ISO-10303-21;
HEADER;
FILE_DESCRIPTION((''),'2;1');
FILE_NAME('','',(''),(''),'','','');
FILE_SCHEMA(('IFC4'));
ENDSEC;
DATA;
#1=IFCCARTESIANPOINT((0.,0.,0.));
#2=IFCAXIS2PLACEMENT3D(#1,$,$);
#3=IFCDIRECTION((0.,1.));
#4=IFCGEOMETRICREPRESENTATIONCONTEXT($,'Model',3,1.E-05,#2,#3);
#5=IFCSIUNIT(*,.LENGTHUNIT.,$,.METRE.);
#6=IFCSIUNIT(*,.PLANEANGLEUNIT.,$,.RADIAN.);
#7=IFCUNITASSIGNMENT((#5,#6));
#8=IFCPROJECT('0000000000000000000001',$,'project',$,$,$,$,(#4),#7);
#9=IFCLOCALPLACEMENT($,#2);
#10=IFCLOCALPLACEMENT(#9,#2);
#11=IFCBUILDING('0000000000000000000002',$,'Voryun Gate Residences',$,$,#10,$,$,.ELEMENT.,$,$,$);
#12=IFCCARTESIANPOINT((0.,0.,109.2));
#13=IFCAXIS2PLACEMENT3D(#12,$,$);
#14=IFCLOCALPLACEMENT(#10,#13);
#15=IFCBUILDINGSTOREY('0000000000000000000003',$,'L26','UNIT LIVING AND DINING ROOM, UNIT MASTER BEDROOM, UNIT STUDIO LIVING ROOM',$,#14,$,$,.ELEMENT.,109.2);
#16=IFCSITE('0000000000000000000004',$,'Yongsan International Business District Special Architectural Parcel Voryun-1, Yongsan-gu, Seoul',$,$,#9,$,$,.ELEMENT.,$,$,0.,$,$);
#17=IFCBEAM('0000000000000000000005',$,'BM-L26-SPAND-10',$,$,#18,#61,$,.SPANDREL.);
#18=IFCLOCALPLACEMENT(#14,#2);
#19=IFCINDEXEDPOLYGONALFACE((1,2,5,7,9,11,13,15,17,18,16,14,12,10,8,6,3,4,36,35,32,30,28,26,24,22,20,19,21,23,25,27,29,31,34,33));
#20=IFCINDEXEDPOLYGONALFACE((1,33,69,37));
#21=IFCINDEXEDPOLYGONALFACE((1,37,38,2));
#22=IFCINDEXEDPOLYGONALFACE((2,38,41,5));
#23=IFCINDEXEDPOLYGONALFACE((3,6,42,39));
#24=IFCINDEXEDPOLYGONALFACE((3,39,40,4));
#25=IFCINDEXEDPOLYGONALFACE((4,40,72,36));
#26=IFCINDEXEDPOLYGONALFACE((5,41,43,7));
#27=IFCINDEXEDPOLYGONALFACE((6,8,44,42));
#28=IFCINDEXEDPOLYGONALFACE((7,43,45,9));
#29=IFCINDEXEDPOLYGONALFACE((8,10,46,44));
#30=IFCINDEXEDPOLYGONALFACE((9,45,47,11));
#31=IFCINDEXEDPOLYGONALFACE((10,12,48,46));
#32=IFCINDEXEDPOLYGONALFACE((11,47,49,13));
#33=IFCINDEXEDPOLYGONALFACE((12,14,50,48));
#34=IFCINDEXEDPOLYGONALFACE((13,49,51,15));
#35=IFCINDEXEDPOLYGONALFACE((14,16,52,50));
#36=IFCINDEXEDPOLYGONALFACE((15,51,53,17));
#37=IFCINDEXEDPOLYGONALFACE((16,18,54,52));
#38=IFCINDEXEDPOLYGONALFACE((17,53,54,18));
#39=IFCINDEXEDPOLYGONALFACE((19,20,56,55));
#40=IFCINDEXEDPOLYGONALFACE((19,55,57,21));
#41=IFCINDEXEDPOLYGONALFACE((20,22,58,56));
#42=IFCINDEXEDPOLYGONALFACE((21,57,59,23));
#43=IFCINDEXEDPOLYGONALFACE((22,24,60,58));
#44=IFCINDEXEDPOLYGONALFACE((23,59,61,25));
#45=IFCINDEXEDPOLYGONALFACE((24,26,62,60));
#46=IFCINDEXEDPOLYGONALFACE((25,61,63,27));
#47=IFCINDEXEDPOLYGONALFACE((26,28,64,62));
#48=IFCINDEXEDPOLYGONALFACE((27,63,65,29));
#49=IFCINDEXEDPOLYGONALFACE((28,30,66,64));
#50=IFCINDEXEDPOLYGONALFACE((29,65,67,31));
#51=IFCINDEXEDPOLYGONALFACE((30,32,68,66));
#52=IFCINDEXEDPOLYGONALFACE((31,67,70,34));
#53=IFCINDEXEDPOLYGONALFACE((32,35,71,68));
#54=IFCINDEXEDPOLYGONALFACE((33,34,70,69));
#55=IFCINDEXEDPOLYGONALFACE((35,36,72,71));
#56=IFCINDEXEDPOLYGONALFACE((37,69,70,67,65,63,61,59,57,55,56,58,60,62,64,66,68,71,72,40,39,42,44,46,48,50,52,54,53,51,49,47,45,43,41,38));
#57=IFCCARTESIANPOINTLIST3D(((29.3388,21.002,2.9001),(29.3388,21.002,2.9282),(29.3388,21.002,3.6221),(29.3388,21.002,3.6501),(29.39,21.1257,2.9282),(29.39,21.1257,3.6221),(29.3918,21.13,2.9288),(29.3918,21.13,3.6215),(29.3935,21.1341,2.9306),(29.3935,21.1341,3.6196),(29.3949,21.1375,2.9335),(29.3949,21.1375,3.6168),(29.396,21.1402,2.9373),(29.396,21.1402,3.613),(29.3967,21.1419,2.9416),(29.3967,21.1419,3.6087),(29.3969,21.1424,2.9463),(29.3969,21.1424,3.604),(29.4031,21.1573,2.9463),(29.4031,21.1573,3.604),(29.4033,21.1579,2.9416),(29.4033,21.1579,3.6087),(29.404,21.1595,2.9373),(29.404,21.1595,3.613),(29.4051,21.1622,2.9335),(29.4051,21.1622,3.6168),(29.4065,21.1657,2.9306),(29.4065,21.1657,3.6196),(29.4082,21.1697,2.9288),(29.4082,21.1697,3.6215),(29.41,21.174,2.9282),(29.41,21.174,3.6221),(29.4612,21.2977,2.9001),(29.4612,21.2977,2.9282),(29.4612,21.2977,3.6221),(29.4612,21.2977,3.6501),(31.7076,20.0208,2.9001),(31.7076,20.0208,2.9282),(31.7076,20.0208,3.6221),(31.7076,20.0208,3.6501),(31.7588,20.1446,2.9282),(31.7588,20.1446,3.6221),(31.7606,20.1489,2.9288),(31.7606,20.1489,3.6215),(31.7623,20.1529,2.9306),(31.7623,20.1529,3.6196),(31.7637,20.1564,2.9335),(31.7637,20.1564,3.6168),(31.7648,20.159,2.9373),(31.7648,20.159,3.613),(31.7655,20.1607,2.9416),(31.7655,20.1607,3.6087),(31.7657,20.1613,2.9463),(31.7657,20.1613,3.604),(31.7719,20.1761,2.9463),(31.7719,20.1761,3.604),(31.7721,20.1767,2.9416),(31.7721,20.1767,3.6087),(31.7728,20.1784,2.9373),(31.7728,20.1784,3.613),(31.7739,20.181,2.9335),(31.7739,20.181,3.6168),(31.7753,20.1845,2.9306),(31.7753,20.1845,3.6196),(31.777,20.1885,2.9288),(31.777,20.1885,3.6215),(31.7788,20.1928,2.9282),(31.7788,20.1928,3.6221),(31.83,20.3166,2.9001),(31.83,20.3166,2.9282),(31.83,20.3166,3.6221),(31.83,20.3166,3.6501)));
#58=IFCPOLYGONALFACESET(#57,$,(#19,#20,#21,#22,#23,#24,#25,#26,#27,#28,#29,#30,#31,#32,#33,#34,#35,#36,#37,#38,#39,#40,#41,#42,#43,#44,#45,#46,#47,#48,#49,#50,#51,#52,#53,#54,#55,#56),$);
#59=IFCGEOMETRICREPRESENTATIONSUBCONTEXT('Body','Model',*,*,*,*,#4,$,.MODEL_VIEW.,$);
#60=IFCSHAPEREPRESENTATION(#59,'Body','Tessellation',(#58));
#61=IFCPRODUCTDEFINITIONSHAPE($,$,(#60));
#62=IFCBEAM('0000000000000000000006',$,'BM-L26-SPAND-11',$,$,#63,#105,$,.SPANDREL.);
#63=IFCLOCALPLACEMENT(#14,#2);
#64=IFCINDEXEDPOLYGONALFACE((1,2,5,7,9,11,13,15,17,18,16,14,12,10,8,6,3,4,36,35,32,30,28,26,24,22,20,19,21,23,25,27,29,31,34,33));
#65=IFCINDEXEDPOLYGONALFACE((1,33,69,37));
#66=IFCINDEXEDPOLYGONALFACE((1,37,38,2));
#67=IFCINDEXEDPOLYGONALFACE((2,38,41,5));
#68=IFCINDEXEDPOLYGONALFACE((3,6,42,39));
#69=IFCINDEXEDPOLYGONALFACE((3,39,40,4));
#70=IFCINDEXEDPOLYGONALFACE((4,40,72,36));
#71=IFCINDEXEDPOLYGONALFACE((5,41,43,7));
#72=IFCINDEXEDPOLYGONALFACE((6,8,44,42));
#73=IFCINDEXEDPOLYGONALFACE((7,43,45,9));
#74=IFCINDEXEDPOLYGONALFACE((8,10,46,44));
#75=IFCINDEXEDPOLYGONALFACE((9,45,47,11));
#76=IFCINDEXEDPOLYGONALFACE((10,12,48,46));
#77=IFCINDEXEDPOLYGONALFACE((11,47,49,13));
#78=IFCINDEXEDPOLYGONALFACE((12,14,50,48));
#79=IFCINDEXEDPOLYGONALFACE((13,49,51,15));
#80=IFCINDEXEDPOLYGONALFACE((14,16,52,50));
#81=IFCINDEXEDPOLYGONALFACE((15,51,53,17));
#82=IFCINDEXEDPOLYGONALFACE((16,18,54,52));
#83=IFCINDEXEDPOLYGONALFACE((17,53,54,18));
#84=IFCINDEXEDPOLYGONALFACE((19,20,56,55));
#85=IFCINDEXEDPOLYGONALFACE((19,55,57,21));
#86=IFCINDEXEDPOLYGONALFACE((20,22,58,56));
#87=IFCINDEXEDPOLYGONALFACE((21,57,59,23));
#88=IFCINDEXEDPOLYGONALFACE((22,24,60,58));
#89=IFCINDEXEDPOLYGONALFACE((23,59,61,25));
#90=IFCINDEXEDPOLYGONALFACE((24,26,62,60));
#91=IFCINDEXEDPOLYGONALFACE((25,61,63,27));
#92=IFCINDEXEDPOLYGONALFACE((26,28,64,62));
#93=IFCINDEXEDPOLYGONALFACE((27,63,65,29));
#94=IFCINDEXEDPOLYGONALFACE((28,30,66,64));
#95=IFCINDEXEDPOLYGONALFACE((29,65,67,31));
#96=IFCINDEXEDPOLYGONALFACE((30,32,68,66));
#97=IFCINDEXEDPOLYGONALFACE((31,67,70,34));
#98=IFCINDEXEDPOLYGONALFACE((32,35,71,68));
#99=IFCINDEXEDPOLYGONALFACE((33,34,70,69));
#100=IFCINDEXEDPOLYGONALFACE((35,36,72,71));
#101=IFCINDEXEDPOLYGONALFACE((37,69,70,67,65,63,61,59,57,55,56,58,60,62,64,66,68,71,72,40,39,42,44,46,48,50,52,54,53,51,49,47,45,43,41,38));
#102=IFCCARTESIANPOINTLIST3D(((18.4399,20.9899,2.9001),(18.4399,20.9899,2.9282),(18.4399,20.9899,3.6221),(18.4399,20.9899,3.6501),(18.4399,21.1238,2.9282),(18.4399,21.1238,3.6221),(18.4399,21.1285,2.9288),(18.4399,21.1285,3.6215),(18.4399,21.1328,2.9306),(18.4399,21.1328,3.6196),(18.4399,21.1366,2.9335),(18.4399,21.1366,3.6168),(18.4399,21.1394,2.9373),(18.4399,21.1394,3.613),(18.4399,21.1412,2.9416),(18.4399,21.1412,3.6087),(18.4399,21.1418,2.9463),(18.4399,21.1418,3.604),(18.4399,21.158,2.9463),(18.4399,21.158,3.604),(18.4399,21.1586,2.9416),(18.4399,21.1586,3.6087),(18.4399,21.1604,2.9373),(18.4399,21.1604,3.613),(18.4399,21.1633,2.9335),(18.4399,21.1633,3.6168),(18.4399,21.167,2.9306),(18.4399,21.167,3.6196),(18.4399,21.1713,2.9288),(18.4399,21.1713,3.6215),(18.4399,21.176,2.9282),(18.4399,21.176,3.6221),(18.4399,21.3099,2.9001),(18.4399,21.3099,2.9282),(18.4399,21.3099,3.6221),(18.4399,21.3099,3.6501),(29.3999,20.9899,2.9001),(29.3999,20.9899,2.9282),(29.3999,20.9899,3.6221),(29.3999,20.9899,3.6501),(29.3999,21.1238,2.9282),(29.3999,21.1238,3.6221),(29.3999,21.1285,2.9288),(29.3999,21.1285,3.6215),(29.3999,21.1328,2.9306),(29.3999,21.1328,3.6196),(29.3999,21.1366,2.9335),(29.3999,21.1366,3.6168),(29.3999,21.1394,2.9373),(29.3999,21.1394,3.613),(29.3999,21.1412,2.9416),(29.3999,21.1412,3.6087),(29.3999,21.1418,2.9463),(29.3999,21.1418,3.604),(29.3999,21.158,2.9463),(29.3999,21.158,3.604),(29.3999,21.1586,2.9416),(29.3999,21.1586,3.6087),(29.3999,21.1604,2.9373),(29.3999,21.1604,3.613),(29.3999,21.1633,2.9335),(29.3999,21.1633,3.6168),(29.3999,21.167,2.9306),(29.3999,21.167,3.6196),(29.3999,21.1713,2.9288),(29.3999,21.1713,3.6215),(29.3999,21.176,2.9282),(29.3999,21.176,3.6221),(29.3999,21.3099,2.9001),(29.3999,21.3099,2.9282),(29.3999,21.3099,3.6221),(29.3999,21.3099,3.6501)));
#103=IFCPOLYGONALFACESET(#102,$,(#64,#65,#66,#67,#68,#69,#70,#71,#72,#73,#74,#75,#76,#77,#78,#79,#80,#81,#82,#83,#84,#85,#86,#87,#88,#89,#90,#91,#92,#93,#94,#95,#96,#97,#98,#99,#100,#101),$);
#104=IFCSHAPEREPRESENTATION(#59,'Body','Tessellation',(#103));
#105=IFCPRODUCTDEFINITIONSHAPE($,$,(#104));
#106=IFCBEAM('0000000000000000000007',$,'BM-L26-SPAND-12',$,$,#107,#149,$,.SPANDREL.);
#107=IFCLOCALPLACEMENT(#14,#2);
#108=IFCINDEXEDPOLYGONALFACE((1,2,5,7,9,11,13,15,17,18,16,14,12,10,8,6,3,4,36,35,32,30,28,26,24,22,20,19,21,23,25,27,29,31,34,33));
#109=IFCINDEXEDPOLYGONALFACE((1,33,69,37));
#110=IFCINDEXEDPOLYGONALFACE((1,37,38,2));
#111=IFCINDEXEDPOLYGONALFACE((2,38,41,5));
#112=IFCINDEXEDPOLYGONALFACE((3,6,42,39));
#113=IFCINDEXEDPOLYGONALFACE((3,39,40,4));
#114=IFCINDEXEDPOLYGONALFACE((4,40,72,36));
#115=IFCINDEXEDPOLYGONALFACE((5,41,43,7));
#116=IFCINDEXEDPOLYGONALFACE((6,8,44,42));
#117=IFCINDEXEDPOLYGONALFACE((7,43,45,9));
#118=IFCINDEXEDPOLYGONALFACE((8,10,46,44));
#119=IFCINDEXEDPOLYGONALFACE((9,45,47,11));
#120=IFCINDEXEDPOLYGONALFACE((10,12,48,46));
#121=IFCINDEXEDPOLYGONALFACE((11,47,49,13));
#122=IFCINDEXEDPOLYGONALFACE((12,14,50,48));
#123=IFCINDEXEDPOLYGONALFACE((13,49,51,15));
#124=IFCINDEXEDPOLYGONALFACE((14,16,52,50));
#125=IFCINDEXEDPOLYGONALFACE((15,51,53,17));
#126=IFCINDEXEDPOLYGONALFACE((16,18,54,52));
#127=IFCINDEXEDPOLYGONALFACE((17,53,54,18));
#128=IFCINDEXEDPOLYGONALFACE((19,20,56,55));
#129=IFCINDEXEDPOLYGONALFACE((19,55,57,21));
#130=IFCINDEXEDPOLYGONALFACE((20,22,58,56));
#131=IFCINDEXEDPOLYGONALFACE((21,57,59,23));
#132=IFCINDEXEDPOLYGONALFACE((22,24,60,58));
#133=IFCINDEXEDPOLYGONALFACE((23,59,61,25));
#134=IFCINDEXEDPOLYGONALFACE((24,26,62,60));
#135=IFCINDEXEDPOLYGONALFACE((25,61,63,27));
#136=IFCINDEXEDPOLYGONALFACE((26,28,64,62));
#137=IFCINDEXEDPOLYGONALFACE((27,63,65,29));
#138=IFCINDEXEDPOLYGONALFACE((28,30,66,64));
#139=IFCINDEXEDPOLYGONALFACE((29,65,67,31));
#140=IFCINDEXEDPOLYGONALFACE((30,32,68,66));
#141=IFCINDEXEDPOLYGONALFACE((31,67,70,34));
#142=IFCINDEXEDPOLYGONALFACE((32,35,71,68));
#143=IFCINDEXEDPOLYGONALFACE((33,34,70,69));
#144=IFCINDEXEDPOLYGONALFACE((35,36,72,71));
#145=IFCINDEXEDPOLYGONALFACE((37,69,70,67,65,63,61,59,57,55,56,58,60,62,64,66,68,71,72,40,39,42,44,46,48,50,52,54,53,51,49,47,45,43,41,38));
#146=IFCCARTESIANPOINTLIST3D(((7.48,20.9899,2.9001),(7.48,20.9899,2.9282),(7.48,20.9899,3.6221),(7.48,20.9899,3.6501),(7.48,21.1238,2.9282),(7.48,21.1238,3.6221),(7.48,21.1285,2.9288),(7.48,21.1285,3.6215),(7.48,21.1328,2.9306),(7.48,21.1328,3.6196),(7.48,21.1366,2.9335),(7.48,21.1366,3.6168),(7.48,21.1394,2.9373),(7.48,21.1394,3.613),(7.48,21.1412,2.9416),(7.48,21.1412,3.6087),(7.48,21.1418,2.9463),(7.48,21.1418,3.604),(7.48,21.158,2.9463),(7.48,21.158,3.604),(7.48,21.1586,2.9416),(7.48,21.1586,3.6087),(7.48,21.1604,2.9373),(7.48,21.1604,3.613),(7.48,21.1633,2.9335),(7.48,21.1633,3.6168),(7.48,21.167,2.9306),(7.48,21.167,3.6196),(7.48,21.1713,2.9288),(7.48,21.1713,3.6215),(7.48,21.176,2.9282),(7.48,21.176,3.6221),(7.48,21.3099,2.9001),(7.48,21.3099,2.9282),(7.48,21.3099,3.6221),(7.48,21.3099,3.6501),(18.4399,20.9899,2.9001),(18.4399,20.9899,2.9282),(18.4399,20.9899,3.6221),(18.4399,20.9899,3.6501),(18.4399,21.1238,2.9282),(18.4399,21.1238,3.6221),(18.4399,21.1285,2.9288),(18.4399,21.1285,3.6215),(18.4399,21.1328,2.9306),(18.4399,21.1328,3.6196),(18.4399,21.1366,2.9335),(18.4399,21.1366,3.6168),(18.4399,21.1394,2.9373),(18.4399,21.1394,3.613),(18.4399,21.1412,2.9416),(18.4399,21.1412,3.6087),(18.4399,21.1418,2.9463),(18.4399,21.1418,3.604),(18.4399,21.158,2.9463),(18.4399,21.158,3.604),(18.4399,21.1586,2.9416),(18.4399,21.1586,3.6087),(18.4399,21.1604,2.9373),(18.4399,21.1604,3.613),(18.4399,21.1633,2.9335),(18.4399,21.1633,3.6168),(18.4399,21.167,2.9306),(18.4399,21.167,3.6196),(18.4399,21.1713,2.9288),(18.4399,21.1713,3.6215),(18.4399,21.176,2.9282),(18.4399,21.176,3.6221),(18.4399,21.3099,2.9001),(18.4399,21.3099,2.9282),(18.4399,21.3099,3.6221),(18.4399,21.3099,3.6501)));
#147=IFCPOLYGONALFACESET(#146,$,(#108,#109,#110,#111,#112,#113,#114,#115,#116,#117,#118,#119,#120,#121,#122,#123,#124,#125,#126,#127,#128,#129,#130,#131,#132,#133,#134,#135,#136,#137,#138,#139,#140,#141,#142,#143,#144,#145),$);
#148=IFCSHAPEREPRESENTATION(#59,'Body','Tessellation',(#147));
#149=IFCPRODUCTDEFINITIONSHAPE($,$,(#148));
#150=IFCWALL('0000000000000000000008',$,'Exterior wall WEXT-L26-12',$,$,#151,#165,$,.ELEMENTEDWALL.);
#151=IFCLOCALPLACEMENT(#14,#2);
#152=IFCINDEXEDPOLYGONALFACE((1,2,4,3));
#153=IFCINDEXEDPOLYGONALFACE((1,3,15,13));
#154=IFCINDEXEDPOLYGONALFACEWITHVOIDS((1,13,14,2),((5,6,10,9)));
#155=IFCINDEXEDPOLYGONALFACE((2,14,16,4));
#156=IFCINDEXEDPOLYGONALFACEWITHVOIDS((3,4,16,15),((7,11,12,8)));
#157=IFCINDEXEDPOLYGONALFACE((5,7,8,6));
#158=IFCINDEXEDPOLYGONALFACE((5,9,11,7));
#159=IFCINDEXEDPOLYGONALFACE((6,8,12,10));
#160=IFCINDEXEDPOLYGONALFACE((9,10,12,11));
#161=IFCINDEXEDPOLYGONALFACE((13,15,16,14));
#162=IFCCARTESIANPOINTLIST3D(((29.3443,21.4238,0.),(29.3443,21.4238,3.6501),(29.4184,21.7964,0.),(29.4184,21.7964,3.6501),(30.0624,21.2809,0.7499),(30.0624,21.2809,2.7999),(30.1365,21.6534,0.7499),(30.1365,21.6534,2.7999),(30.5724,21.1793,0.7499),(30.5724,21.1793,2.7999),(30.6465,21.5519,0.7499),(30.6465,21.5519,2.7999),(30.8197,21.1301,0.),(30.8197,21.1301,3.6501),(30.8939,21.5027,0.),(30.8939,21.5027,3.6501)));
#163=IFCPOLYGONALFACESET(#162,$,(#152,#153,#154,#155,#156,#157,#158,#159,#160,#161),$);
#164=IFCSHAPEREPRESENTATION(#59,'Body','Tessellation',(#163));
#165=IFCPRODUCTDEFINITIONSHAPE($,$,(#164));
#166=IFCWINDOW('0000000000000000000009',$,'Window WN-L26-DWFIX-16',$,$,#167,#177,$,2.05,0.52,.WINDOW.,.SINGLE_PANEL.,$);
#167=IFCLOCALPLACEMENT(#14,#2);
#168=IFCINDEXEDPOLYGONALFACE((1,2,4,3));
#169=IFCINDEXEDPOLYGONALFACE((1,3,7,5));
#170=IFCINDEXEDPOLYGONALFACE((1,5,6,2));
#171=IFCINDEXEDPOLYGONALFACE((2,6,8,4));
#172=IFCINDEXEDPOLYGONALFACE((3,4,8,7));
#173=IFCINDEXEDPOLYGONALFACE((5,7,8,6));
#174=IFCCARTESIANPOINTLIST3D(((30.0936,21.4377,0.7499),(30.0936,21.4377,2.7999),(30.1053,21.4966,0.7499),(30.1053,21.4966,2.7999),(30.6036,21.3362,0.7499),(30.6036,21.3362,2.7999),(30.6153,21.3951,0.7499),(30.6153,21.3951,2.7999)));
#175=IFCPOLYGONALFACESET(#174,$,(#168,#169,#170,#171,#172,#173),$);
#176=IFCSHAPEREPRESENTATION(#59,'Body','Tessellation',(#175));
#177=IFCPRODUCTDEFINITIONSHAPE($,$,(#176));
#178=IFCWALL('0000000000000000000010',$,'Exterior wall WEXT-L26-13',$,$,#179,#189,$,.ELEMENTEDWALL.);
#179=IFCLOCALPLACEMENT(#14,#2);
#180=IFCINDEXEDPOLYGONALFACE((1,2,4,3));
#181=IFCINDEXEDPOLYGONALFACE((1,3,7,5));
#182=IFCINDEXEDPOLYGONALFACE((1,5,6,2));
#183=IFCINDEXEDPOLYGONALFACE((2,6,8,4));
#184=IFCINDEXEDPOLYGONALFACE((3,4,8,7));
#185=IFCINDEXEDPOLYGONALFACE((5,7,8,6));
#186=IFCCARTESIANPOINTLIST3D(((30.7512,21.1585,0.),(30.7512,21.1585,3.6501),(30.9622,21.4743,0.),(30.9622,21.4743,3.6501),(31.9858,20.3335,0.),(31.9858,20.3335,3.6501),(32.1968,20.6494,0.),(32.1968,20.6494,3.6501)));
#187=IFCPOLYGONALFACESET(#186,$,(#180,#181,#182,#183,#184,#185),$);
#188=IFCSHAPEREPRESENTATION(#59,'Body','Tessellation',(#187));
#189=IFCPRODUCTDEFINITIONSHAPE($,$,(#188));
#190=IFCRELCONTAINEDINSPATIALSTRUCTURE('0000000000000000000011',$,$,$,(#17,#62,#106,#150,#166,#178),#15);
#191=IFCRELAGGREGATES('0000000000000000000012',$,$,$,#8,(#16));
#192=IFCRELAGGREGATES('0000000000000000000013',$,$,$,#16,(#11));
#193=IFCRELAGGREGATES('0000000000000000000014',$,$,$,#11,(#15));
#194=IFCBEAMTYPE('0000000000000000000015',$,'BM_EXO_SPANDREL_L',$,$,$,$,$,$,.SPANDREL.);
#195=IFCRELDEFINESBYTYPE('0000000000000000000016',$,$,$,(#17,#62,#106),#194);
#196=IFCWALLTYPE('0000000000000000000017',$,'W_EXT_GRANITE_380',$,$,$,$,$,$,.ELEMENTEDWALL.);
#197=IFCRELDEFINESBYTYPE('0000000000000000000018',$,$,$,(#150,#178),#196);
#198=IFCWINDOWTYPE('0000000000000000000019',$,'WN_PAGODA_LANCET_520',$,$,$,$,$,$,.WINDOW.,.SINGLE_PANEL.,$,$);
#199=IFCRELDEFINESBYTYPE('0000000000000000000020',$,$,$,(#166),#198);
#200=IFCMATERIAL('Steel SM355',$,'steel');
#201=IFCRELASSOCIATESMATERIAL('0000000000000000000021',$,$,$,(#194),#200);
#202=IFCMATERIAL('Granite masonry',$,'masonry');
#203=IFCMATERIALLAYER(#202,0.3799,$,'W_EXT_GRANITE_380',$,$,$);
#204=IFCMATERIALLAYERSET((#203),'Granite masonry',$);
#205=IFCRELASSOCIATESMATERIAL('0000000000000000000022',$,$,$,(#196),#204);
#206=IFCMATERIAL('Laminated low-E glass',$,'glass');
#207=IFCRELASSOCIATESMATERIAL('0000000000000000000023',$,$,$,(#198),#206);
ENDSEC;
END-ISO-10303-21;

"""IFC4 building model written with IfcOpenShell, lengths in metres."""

from ifc_helpers import new_model, si_unit, direction, frame, frame_2d, origin, origin_2d, place, context, subcontext, project, spatial, rectangle, i_section, extrude, material, layer, layer_set, material_profile, profile_set, type_object, element, fill, save


model = new_model("IFC4")

# Units and contexts
model_context = context("Model", 3, precision=1e-05, world=origin(), true_north=direction((0.0, 1.0)))
body_context = subcontext(model_context, "Body", "Model", "MODEL_VIEW")
ifc_project = project(units=[si_unit("LENGTHUNIT", "METRE"), si_unit("PLANEANGLEUNIT", "RADIAN")], contexts=[model_context])

# Site, building, storey
site_placement = place(None, origin())
site = spatial("IfcSite", under=ifc_project, at=site_placement, Name="Yongsan International Business District Special Architectural Parcel Voryun-1, Yongsan-gu, Seoul", CompositionType="ELEMENT", RefElevation=0.0)
building_placement = place(site_placement, origin())
building = spatial("IfcBuilding", under=site, at=building_placement, Name="Voryun Gate Residences", CompositionType="ELEMENT")
storey_placement = place(building_placement, frame((0.0, 0.0, 109.2)))
storey = spatial("IfcBuildingStorey", under=building, at=storey_placement, Name="L26", Description="UNIT LIVING AND DINING ROOM, UNIT MASTER BEDROOM, UNIT STUDIO LIVING ROOM", CompositionType="ELEMENT", Elevation=109.2)

# Beams
ifc_material_1 = material(Name="Steel SM355", Category="steel")
ifc_material_profile_1 = material_profile(ifc_material_1, i_section(OverallWidth=0.3201, OverallDepth=0.75, WebThickness=0.0161, FlangeThickness=0.0281, FilletRadius=0.0181, at=origin_2d()), Name="H-750x320x16x28")
ifc_profile_set_1 = profile_set([ifc_material_profile_1], Name="Steel SM355")
beam_type_1 = type_object("IfcBeamType", Name="BM_EXO_SPANDREL_L", PredefinedType="SPANDREL", material=ifc_profile_set_1)
beam_1_placement = place(storey_placement, frame((31.7688, 20.1687, 3.2751), z_axis=(-0.923883, 0.382674, 0.0), x_axis=(-0.382674, -0.923883, 0.0)))
element("IfcBeam", 1, at=beam_1_placement, inside=storey, type_object=beam_type_1, Name="BM-L26-SPAND-10", PredefinedType="SPANDREL", context=body_context, shape_type="SweptSolid", body=[
    extrude(i_section(OverallWidth=0.3201, OverallDepth=0.75, WebThickness=0.0161, FlangeThickness=0.0281, FilletRadius=0.0181, at=origin_2d()), origin(), (0.0, 0.0, 1.0), 2.564),
])
for number, where, z_axis, x_axis, name in (
    (2, (29.3999, 21.1499, 3.2751), (-1.0, 0.0, 0.0), (0.0, -1.0, 0.0), "BM-L26-SPAND-11"),
    (3, (18.4399, 21.1499, 3.2751), (-1.0, 0.0, 0.0), (0.0, -1.0, 0.0), "BM-L26-SPAND-12"),
):
    element("IfcBeam", number, at=place(storey_placement, frame(where, z_axis=z_axis, x_axis=x_axis)), inside=storey, type_object=beam_type_1, Name=name, PredefinedType="SPANDREL", context=body_context, shape_type="SweptSolid", body=[
        extrude(i_section(OverallWidth=0.3201, OverallDepth=0.75, WebThickness=0.0161, FlangeThickness=0.0281, FilletRadius=0.0181, at=origin_2d()), origin(), (0.0, 0.0, 1.0), 10.96),
    ])

# Wall, opening, window
ifc_material_2 = material(Name="Granite masonry", Category="masonry")
ifc_layer_1 = layer(ifc_material_2, 0.3799, Name="W_EXT_GRANITE_380")
ifc_layer_set_1 = layer_set([ifc_layer_1], Name="Granite masonry")
wall_type_1 = type_object("IfcWallType", Name="W_EXT_GRANITE_380", PredefinedType="ELEMENTEDWALL", material=ifc_layer_set_1)
wall_1_placement = place(storey_placement, frame((29.3813, 21.6101, 0.0), z_axis=(0.0, 0.0, 1.0), x_axis=(0.980755, -0.195242, 0.0)))
wall_1 = element("IfcWall", 4, at=wall_1_placement, inside=storey, type_object=wall_type_1, Name="Exterior wall WEXT-L26-12", PredefinedType="ELEMENTEDWALL", context=body_context, shape_type="SweptSolid", body=[
    extrude(rectangle(XDim=1.5044, YDim=0.3799, at=frame_2d((0.7522, 0.0))), origin(), (0.0, 0.0, 1.0), 3.6501),
])
opening_1_placement = place(wall_1_placement, frame((0.7322, 0.0, 0.75)))
opening_1 = element("IfcOpeningElement", 5, at=opening_1_placement, cuts=wall_1, PredefinedType="OPENING", context=body_context, shape_type="SweptSolid", body=[
    extrude(rectangle(XDim=0.52, YDim=2.05, at=frame_2d((0.26, 1.0249))), frame((0.0, 0.2, 0.0), z_axis=(0.0, -1.0, 0.0), x_axis=(1.0, 0.0, 0.0)), (0.0, 0.0, 1.0), 0.3999),
])
ifc_material_3 = material(Name="Laminated low-E glass", Category="glass")
window_type_1 = type_object("IfcWindowType", Name="WN_PAGODA_LANCET_520", PartitioningType="SINGLE_PANEL", PredefinedType="WINDOW", material=ifc_material_3)
window_1_placement = place(opening_1_placement, origin())
window_1 = element("IfcWindow", 6, at=window_1_placement, inside=storey, type_object=window_type_1, Name="Window WN-L26-DWFIX-16", OverallHeight=2.05, OverallWidth=0.52, PartitioningType="SINGLE_PANEL", PredefinedType="WINDOW", context=body_context, shape_type="SweptSolid", body=[
    extrude(rectangle(XDim=0.52, YDim=2.05, at=frame_2d((0.26, 1.0249))), frame((0.0, 0.03, 0.0), z_axis=(0.0, -1.0, 0.0), x_axis=(1.0, 0.0, 0.0)), (0.0, 0.0, 1.0), 0.0601),
])
fill(opening_1, window_1)

# Wall
wall_2_placement = place(storey_placement, frame((30.8567, 21.3164, 0.0), z_axis=(0.0, 0.0, 1.0), x_axis=(0.831468, -0.555573, 0.0)))
element("IfcWall", 7, at=wall_2_placement, inside=storey, type_object=wall_type_1, Name="Exterior wall WEXT-L26-13", PredefinedType="ELEMENTEDWALL", context=body_context, shape_type="SweptSolid", body=[
    extrude(rectangle(XDim=1.4849, YDim=0.3799, at=frame_2d((0.7424, 0.0))), origin(), (0.0, 0.0, 1.0), 3.6501),
])

save(model, "model.ifc")
